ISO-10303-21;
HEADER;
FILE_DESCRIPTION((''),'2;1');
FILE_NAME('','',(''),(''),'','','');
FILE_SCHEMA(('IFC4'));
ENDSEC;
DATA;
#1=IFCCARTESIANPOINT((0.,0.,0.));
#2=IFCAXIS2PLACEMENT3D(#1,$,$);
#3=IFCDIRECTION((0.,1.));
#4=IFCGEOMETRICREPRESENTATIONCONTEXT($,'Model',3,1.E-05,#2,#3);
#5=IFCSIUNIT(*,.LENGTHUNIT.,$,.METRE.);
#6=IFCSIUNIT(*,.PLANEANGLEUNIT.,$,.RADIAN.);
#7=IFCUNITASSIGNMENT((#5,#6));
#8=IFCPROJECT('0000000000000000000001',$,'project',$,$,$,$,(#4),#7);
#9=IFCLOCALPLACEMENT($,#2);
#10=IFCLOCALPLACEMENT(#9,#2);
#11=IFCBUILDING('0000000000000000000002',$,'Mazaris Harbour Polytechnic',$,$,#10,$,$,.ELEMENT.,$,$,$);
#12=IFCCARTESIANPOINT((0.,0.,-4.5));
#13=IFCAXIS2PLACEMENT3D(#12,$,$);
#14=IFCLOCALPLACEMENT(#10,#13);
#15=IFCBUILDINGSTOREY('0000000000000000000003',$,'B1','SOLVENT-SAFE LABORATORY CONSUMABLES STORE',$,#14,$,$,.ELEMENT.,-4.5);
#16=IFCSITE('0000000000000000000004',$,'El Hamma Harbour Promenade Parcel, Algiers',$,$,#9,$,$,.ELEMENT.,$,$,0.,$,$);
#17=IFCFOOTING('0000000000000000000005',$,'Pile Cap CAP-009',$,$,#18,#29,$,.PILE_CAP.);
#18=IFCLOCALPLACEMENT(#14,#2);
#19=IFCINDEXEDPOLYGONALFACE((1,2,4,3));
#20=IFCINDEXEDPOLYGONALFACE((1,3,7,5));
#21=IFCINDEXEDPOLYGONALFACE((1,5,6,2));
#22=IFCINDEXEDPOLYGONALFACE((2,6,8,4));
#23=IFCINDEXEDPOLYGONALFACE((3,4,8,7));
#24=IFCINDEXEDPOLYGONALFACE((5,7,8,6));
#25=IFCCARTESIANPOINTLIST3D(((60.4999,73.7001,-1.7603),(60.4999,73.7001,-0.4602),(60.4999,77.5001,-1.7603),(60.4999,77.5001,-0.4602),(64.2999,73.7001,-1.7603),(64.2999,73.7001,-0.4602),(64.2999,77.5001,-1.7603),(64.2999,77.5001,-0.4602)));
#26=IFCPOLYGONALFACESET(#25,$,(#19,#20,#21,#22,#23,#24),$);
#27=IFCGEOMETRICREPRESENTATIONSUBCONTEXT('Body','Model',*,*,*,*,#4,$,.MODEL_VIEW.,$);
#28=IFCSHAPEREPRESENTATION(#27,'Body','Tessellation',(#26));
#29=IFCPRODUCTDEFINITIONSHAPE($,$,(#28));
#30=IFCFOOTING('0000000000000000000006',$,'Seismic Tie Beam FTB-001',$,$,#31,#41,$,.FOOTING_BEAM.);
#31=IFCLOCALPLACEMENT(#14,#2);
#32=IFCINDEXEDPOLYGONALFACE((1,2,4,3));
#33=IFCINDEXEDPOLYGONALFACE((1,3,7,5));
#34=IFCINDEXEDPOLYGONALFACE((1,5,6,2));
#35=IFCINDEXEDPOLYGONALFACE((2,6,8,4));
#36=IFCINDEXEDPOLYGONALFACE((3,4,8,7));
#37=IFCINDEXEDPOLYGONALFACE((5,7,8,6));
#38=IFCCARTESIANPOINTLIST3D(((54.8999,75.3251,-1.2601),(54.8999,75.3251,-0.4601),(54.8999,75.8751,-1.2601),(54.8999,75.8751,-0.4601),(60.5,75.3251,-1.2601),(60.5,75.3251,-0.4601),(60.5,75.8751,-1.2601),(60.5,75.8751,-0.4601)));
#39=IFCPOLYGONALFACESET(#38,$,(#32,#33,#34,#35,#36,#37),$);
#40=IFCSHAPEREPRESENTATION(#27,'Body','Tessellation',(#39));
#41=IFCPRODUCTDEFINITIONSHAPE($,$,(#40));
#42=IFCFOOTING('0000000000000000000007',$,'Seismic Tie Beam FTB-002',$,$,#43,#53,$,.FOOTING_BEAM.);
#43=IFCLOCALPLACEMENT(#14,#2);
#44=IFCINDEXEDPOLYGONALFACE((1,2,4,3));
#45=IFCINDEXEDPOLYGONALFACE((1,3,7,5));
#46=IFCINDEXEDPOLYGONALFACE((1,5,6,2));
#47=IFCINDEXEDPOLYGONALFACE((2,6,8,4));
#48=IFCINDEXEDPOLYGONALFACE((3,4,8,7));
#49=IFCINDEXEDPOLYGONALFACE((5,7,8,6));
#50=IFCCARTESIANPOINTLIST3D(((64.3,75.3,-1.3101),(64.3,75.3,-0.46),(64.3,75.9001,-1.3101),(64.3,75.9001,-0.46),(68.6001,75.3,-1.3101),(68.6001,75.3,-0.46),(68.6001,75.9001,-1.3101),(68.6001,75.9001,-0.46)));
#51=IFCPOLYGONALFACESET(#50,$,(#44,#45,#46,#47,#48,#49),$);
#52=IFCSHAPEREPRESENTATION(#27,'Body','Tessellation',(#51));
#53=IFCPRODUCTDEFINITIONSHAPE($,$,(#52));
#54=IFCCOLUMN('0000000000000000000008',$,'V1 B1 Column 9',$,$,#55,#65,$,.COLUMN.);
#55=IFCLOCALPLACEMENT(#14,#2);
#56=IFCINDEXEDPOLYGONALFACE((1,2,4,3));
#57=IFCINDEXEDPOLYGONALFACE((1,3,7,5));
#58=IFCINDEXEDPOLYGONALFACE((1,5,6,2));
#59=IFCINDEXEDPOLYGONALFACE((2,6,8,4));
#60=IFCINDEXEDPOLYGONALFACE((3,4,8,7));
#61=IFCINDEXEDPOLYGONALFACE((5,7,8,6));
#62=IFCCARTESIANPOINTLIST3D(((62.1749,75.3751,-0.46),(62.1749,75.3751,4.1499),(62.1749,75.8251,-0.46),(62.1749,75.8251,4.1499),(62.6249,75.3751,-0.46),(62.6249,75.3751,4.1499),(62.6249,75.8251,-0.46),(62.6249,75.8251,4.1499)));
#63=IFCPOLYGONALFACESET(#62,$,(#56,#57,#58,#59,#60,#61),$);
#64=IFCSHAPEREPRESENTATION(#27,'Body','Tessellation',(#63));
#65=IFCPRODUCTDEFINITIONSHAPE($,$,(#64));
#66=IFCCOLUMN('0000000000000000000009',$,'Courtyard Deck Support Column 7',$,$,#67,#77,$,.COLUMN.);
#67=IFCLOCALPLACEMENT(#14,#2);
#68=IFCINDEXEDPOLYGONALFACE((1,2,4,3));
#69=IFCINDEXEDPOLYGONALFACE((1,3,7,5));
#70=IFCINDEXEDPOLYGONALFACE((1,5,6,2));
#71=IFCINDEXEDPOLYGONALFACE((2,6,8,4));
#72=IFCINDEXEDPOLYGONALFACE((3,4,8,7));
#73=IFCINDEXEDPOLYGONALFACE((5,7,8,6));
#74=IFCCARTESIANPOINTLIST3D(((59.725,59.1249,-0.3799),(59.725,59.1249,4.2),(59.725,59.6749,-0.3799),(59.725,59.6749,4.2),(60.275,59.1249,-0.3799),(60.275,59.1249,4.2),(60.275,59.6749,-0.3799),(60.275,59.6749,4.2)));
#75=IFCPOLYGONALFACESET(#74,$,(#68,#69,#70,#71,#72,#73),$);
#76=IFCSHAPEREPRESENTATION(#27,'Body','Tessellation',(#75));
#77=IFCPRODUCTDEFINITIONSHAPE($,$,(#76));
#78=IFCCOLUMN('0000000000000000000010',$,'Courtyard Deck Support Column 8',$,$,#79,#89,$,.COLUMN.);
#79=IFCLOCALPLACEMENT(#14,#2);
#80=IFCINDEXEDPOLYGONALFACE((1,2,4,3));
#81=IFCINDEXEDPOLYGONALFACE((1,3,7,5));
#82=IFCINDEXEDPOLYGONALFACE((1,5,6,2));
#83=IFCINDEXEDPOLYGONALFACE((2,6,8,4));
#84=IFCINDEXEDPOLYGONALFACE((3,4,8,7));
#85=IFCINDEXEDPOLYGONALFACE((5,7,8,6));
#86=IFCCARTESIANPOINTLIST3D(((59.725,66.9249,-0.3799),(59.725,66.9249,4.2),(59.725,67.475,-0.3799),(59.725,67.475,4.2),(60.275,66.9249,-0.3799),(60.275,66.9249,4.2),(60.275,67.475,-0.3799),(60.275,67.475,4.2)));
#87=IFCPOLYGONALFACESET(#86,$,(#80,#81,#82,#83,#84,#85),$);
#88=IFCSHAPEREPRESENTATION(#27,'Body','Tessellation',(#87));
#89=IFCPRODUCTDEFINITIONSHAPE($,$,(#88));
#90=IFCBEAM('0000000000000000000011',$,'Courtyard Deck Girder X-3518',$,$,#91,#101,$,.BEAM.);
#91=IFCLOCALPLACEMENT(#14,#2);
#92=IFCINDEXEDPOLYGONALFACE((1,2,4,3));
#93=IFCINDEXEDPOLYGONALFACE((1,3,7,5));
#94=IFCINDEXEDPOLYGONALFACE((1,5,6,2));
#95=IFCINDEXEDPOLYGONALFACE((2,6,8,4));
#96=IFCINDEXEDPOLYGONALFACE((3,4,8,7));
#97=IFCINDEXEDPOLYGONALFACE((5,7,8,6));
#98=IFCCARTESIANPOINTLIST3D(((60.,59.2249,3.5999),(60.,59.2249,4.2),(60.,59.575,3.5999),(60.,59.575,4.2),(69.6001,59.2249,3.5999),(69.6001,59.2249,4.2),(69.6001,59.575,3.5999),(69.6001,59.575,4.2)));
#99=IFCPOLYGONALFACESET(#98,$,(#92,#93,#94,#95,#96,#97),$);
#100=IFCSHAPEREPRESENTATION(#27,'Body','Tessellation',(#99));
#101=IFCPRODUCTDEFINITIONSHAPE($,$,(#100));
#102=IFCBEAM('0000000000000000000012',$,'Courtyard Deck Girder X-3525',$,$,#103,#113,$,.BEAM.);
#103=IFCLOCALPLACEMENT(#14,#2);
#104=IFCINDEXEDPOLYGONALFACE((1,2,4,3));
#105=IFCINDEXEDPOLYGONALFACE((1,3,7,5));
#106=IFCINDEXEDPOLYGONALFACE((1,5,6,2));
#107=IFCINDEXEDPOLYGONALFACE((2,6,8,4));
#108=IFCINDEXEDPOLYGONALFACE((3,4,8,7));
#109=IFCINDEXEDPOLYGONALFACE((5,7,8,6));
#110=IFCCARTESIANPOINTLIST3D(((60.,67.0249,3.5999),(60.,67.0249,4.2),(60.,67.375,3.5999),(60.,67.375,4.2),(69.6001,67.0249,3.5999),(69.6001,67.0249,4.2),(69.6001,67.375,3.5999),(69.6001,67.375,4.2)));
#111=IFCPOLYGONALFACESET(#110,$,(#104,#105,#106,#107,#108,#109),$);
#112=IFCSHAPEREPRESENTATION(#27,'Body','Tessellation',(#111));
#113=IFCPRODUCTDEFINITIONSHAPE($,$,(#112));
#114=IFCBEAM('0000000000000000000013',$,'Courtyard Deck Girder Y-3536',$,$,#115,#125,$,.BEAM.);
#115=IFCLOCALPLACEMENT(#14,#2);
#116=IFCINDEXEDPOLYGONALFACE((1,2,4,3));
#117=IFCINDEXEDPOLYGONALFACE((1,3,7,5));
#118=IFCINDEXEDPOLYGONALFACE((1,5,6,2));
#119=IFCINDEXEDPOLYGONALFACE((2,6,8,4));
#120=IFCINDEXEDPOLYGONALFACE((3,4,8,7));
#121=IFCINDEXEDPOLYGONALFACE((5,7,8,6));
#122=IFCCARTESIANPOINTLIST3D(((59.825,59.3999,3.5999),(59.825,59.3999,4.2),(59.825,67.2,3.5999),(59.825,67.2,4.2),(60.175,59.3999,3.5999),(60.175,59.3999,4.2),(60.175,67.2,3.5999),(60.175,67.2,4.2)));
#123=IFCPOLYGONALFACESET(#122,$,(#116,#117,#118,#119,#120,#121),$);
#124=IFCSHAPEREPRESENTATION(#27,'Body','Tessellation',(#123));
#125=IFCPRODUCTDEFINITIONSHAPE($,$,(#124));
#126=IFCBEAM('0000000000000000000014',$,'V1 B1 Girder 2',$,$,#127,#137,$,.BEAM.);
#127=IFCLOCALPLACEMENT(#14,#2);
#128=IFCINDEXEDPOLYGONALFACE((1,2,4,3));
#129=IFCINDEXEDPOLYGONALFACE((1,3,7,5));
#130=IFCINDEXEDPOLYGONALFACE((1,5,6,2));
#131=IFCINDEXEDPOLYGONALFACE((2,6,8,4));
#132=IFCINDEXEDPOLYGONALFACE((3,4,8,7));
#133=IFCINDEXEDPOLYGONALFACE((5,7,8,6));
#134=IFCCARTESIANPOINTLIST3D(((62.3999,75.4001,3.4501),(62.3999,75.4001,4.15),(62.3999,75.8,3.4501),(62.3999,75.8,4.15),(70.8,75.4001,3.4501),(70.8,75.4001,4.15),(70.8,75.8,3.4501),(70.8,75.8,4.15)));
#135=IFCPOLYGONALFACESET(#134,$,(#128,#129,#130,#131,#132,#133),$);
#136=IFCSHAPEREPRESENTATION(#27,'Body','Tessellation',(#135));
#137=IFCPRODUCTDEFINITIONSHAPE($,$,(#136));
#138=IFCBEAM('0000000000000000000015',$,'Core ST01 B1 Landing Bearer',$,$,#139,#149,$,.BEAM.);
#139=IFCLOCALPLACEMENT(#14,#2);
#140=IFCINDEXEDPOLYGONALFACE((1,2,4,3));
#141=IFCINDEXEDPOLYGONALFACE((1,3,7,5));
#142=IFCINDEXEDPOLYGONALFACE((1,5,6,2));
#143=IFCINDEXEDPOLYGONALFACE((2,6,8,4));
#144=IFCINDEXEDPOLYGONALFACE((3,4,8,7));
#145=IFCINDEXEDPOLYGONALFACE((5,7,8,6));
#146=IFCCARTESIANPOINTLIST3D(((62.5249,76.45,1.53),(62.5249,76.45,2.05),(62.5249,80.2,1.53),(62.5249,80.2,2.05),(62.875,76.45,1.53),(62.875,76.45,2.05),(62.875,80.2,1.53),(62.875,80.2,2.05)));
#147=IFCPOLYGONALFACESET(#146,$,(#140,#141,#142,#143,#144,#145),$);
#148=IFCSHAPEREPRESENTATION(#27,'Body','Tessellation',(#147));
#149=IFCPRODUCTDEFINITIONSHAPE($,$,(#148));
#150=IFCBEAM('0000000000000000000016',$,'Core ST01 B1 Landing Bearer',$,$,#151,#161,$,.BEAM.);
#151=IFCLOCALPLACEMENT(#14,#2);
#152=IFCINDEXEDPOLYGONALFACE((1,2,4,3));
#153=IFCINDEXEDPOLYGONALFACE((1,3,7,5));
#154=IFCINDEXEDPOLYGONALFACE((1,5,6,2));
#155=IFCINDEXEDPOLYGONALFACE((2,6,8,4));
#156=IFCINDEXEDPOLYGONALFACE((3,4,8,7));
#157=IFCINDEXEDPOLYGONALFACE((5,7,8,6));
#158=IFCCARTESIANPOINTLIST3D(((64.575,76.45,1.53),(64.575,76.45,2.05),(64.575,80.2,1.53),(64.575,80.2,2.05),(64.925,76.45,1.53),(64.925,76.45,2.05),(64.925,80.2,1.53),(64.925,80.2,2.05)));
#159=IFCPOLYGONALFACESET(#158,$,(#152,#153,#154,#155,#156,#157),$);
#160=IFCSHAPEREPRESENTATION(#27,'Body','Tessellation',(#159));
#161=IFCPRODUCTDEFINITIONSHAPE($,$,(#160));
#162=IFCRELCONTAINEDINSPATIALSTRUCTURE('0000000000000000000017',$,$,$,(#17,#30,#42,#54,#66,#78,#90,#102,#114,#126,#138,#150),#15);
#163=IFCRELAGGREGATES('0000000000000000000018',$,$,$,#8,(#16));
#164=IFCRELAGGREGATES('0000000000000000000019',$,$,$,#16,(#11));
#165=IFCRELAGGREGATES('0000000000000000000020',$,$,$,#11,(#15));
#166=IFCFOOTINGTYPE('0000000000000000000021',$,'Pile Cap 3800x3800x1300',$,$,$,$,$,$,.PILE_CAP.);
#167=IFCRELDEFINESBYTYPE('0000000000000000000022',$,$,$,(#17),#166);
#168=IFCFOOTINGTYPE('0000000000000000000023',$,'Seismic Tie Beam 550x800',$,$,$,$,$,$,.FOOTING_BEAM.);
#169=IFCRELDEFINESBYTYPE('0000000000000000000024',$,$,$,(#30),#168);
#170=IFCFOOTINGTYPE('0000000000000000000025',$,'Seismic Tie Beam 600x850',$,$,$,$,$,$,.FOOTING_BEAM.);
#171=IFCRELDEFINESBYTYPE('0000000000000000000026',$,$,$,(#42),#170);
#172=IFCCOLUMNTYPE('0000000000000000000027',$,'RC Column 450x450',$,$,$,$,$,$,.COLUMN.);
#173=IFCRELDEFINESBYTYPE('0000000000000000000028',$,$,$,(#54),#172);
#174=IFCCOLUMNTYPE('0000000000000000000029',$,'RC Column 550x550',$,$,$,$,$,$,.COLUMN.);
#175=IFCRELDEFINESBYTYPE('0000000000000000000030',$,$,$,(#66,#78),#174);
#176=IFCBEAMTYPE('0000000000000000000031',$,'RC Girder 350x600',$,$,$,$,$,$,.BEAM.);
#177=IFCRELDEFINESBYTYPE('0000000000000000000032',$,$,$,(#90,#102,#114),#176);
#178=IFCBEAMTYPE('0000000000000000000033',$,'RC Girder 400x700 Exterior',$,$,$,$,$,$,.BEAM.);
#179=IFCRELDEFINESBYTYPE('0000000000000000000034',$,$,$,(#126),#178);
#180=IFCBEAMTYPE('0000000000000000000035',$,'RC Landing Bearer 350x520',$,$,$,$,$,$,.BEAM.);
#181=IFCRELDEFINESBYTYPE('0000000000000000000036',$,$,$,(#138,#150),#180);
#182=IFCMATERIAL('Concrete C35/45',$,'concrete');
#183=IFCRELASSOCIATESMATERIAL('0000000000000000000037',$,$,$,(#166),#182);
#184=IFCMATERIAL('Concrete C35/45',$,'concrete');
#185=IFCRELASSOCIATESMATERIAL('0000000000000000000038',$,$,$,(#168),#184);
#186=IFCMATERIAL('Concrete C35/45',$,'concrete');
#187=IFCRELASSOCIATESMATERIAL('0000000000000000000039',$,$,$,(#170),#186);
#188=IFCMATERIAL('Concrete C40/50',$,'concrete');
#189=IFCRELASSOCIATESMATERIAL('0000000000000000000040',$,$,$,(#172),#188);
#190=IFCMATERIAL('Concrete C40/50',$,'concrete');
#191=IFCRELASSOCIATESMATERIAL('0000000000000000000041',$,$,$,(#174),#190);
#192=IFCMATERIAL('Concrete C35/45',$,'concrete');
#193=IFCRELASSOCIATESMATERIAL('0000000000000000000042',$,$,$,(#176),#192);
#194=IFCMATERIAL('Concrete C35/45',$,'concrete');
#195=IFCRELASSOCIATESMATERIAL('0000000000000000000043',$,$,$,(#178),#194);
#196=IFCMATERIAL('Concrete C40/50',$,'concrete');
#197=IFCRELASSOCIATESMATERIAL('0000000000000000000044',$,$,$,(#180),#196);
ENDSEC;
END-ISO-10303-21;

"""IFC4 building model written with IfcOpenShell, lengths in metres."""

from ifc_helpers import new_model, si_unit, direction, frame, origin, origin_2d, place, context, subcontext, project, spatial, rectangle, extrude, material, material_profile, profile_set, type_object, element, save


model = new_model("IFC4")

# Units and contexts
model_context = context("Model", 3, precision=1e-05, world=origin(), true_north=direction((0.0, 1.0)))
body_context = subcontext(model_context, "Body", "Model", "MODEL_VIEW")
ifc_project = project(units=[si_unit("LENGTHUNIT", "METRE"), si_unit("PLANEANGLEUNIT", "RADIAN")], contexts=[model_context])

# Site, building, storey
site_placement = place(None, origin())
site = spatial("IfcSite", under=ifc_project, at=site_placement, Name="El Hamma Harbour Promenade Parcel, Algiers", CompositionType="ELEMENT", RefElevation=0.0)
building_placement = place(site_placement, origin())
building = spatial("IfcBuilding", under=site, at=building_placement, Name="Mazaris Harbour Polytechnic", CompositionType="ELEMENT")
storey_placement = place(building_placement, frame((0.0, 0.0, -4.5)))
storey = spatial("IfcBuildingStorey", under=building, at=storey_placement, Name="B1", Description="SOLVENT-SAFE LABORATORY CONSUMABLES STORE", CompositionType="ELEMENT", Elevation=-4.5)

# Footings
ifc_material_1 = material(Name="Concrete C35/45", Category="concrete")
footing_type_1 = type_object("IfcFootingType", Name="Pile Cap 3800x3800x1300", PredefinedType="PILE_CAP", material=ifc_material_1)
footing_1_placement = place(storey_placement, frame((62.3999, 75.6001, -1.7603), z_axis=(0.0, 0.0, 1.0), x_axis=(1.0, 0.0, 0.0)))
element("IfcFooting", 1, at=footing_1_placement, inside=storey, type_object=footing_type_1, Name="Pile Cap CAP-009", PredefinedType="PILE_CAP", context=body_context, shape_type="SweptSolid", body=[
    extrude(rectangle(XDim=3.8, YDim=3.8, at=origin_2d()), origin(), (0.0, 0.0, 1.0), 1.3),
])
ifc_material_2 = material(Name="Concrete C35/45", Category="concrete")
ifc_material_profile_1 = material_profile(ifc_material_2, rectangle(XDim=0.55, YDim=0.8, at=origin_2d()), Name="RECT550x800")
ifc_profile_set_1 = profile_set([ifc_material_profile_1], Name="Concrete C35/45")
footing_type_2 = type_object("IfcFootingType", Name="Seismic Tie Beam 550x800", PredefinedType="FOOTING_BEAM", material=ifc_profile_set_1)
footing_2_placement = place(storey_placement, frame((54.8999, 75.6001, -0.8601), z_axis=(1.0, 0.0, 0.0), x_axis=(0.0, 1.0, 0.0)))
element("IfcFooting", 2, at=footing_2_placement, inside=storey, type_object=footing_type_2, Name="Seismic Tie Beam FTB-001", PredefinedType="FOOTING_BEAM", context=body_context, shape_type="SweptSolid", body=[
    extrude(rectangle(XDim=0.55, YDim=0.8, at=origin_2d()), origin(), (0.0, 0.0, 1.0), 5.6001),
])
ifc_material_3 = material(Name="Concrete C35/45", Category="concrete")
ifc_material_profile_2 = material_profile(ifc_material_3, rectangle(XDim=0.6001, YDim=0.8501, at=origin_2d()), Name="RECT600x850")
ifc_profile_set_2 = profile_set([ifc_material_profile_2], Name="Concrete C35/45")
footing_type_3 = type_object("IfcFootingType", Name="Seismic Tie Beam 600x850", PredefinedType="FOOTING_BEAM", material=ifc_profile_set_2)
footing_3_placement = place(storey_placement, frame((64.3, 75.6001, -0.885), z_axis=(1.0, 0.0, 0.0), x_axis=(0.0, 1.0, 0.0)))
element("IfcFooting", 3, at=footing_3_placement, inside=storey, type_object=footing_type_3, Name="Seismic Tie Beam FTB-002", PredefinedType="FOOTING_BEAM", context=body_context, shape_type="SweptSolid", body=[
    extrude(rectangle(XDim=0.6001, YDim=0.8501, at=origin_2d()), origin(), (0.0, 0.0, 1.0), 4.3),
])

# Columns
ifc_material_4 = material(Name="Concrete C40/50", Category="concrete")
ifc_material_profile_3 = material_profile(ifc_material_4, rectangle(XDim=0.45, YDim=0.45, at=origin_2d()), Name="RECT450x450")
ifc_profile_set_3 = profile_set([ifc_material_profile_3], Name="Concrete C40/50")
column_type_1 = type_object("IfcColumnType", Name="RC Column 450x450", PredefinedType="COLUMN", material=ifc_profile_set_3)
column_placement = place(storey_placement, frame((62.3999, 75.6001, -0.46), z_axis=(0.0, 0.0, 1.0), x_axis=(1.0, 0.0, 0.0)))
element("IfcColumn", 4, at=column_placement, inside=storey, type_object=column_type_1, Name="V1 B1 Column 9", PredefinedType="COLUMN", context=body_context, shape_type="SweptSolid", body=[
    extrude(rectangle(XDim=0.45, YDim=0.45, at=origin_2d()), origin(), (0.0, 0.0, 1.0), 4.6099),
])
ifc_material_5 = material(Name="Concrete C40/50", Category="concrete")
ifc_material_profile_4 = material_profile(ifc_material_5, rectangle(XDim=0.55, YDim=0.55, at=origin_2d()), Name="RECT550x550")
ifc_profile_set_4 = profile_set([ifc_material_profile_4], Name="Concrete C40/50")
column_type_2 = type_object("IfcColumnType", Name="RC Column 550x550", PredefinedType="COLUMN", material=ifc_profile_set_4)
for number, where, z_axis, x_axis, name in (
    (5, (60.0, 59.3999, -0.3799), (0.0, 0.0, 1.0), (1.0, 0.0, 0.0), "Courtyard Deck Support Column 7"),
    (6, (60.0, 67.2, -0.3799), (0.0, 0.0, 1.0), (1.0, 0.0, 0.0), "Courtyard Deck Support Column 8"),
):
    element("IfcColumn", number, at=place(storey_placement, frame(where, z_axis=z_axis, x_axis=x_axis)), inside=storey, type_object=column_type_2, Name=name, PredefinedType="COLUMN", context=body_context, shape_type="SweptSolid", body=[
        extrude(rectangle(XDim=0.55, YDim=0.55, at=origin_2d()), origin(), (0.0, 0.0, 1.0), 4.5798),
    ])

# Beams
ifc_material_6 = material(Name="Concrete C35/45", Category="concrete")
ifc_material_profile_5 = material_profile(ifc_material_6, rectangle(XDim=0.3501, YDim=0.6001, at=origin_2d()), Name="RECT350x600")
ifc_profile_set_5 = profile_set([ifc_material_profile_5], Name="Concrete C35/45")
beam_type_1 = type_object("IfcBeamType", Name="RC Girder 350x600", PredefinedType="BEAM", material=ifc_profile_set_5)
for number, where, z_axis, x_axis, name in (
    (7, (60.0, 59.3999, 3.8999), (1.0, 0.0, 0.0), (0.0, 1.0, 0.0), "Courtyard Deck Girder X-3518"),
    (8, (60.0, 67.2, 3.8999), (1.0, 0.0, 0.0), (0.0, 1.0, 0.0), "Courtyard Deck Girder X-3525"),
):
    element("IfcBeam", number, at=place(storey_placement, frame(where, z_axis=z_axis, x_axis=x_axis)), inside=storey, type_object=beam_type_1, Name=name, PredefinedType="BEAM", context=body_context, shape_type="SweptSolid", body=[
        extrude(rectangle(XDim=0.3501, YDim=0.6001, at=origin_2d()), origin(), (0.0, 0.0, 1.0), 9.6001),
    ])
beam_1_placement = place(storey_placement, frame((60.0, 59.3999, 3.8999), z_axis=(0.0, 1.0, 0.0), x_axis=(-1.0, 0.0, 0.0)))
element("IfcBeam", 9, at=beam_1_placement, inside=storey, type_object=beam_type_1, Name="Courtyard Deck Girder Y-3536", PredefinedType="BEAM", context=body_context, shape_type="SweptSolid", body=[
    extrude(rectangle(XDim=0.3501, YDim=0.6001, at=origin_2d()), origin(), (0.0, 0.0, 1.0), 7.8),
])
ifc_material_7 = material(Name="Concrete C35/45", Category="concrete")
ifc_material_profile_6 = material_profile(ifc_material_7, rectangle(XDim=0.3999, YDim=0.7, at=origin_2d()), Name="RECT400x700")
ifc_profile_set_6 = profile_set([ifc_material_profile_6], Name="Concrete C35/45")
beam_type_2 = type_object("IfcBeamType", Name="RC Girder 400x700 Exterior", PredefinedType="BEAM", material=ifc_profile_set_6)
beam_2_placement = place(storey_placement, frame((62.3999, 75.6001, 3.8), z_axis=(1.0, 0.0, 0.0), x_axis=(0.0, 1.0, 0.0)))
element("IfcBeam", 10, at=beam_2_placement, inside=storey, type_object=beam_type_2, Name="V1 B1 Girder 2", PredefinedType="BEAM", context=body_context, shape_type="SweptSolid", body=[
    extrude(rectangle(XDim=0.3999, YDim=0.7, at=origin_2d()), origin(), (0.0, 0.0, 1.0), 8.4001),
])
ifc_material_8 = material(Name="Concrete C40/50", Category="concrete")
ifc_material_profile_7 = material_profile(ifc_material_8, rectangle(XDim=0.3501, YDim=0.52, at=origin_2d()), Name="RECT350x520")
ifc_profile_set_7 = profile_set([ifc_material_profile_7], Name="Concrete C40/50")
beam_type_3 = type_object("IfcBeamType", Name="RC Landing Bearer 350x520", PredefinedType="BEAM", material=ifc_profile_set_7)
for number, where, z_axis, x_axis, name in (
    (11, (62.7, 76.45, 1.79), (0.0, 1.0, 0.0), (-1.0, 0.0, 0.0), "Core ST01 B1 Landing Bearer"),
    (12, (64.75, 76.45, 1.79), (0.0, 1.0, 0.0), (-1.0, 0.0, 0.0), "Core ST01 B1 Landing Bearer"),
):
    element("IfcBeam", number, at=place(storey_placement, frame(where, z_axis=z_axis, x_axis=x_axis)), inside=storey, type_object=beam_type_3, Name=name, PredefinedType="BEAM", context=body_context, shape_type="SweptSolid", body=[
        extrude(rectangle(XDim=0.3501, YDim=0.52, at=origin_2d()), origin(), (0.0, 0.0, 1.0), 3.75),
    ])

save(model, "model.ifc")
